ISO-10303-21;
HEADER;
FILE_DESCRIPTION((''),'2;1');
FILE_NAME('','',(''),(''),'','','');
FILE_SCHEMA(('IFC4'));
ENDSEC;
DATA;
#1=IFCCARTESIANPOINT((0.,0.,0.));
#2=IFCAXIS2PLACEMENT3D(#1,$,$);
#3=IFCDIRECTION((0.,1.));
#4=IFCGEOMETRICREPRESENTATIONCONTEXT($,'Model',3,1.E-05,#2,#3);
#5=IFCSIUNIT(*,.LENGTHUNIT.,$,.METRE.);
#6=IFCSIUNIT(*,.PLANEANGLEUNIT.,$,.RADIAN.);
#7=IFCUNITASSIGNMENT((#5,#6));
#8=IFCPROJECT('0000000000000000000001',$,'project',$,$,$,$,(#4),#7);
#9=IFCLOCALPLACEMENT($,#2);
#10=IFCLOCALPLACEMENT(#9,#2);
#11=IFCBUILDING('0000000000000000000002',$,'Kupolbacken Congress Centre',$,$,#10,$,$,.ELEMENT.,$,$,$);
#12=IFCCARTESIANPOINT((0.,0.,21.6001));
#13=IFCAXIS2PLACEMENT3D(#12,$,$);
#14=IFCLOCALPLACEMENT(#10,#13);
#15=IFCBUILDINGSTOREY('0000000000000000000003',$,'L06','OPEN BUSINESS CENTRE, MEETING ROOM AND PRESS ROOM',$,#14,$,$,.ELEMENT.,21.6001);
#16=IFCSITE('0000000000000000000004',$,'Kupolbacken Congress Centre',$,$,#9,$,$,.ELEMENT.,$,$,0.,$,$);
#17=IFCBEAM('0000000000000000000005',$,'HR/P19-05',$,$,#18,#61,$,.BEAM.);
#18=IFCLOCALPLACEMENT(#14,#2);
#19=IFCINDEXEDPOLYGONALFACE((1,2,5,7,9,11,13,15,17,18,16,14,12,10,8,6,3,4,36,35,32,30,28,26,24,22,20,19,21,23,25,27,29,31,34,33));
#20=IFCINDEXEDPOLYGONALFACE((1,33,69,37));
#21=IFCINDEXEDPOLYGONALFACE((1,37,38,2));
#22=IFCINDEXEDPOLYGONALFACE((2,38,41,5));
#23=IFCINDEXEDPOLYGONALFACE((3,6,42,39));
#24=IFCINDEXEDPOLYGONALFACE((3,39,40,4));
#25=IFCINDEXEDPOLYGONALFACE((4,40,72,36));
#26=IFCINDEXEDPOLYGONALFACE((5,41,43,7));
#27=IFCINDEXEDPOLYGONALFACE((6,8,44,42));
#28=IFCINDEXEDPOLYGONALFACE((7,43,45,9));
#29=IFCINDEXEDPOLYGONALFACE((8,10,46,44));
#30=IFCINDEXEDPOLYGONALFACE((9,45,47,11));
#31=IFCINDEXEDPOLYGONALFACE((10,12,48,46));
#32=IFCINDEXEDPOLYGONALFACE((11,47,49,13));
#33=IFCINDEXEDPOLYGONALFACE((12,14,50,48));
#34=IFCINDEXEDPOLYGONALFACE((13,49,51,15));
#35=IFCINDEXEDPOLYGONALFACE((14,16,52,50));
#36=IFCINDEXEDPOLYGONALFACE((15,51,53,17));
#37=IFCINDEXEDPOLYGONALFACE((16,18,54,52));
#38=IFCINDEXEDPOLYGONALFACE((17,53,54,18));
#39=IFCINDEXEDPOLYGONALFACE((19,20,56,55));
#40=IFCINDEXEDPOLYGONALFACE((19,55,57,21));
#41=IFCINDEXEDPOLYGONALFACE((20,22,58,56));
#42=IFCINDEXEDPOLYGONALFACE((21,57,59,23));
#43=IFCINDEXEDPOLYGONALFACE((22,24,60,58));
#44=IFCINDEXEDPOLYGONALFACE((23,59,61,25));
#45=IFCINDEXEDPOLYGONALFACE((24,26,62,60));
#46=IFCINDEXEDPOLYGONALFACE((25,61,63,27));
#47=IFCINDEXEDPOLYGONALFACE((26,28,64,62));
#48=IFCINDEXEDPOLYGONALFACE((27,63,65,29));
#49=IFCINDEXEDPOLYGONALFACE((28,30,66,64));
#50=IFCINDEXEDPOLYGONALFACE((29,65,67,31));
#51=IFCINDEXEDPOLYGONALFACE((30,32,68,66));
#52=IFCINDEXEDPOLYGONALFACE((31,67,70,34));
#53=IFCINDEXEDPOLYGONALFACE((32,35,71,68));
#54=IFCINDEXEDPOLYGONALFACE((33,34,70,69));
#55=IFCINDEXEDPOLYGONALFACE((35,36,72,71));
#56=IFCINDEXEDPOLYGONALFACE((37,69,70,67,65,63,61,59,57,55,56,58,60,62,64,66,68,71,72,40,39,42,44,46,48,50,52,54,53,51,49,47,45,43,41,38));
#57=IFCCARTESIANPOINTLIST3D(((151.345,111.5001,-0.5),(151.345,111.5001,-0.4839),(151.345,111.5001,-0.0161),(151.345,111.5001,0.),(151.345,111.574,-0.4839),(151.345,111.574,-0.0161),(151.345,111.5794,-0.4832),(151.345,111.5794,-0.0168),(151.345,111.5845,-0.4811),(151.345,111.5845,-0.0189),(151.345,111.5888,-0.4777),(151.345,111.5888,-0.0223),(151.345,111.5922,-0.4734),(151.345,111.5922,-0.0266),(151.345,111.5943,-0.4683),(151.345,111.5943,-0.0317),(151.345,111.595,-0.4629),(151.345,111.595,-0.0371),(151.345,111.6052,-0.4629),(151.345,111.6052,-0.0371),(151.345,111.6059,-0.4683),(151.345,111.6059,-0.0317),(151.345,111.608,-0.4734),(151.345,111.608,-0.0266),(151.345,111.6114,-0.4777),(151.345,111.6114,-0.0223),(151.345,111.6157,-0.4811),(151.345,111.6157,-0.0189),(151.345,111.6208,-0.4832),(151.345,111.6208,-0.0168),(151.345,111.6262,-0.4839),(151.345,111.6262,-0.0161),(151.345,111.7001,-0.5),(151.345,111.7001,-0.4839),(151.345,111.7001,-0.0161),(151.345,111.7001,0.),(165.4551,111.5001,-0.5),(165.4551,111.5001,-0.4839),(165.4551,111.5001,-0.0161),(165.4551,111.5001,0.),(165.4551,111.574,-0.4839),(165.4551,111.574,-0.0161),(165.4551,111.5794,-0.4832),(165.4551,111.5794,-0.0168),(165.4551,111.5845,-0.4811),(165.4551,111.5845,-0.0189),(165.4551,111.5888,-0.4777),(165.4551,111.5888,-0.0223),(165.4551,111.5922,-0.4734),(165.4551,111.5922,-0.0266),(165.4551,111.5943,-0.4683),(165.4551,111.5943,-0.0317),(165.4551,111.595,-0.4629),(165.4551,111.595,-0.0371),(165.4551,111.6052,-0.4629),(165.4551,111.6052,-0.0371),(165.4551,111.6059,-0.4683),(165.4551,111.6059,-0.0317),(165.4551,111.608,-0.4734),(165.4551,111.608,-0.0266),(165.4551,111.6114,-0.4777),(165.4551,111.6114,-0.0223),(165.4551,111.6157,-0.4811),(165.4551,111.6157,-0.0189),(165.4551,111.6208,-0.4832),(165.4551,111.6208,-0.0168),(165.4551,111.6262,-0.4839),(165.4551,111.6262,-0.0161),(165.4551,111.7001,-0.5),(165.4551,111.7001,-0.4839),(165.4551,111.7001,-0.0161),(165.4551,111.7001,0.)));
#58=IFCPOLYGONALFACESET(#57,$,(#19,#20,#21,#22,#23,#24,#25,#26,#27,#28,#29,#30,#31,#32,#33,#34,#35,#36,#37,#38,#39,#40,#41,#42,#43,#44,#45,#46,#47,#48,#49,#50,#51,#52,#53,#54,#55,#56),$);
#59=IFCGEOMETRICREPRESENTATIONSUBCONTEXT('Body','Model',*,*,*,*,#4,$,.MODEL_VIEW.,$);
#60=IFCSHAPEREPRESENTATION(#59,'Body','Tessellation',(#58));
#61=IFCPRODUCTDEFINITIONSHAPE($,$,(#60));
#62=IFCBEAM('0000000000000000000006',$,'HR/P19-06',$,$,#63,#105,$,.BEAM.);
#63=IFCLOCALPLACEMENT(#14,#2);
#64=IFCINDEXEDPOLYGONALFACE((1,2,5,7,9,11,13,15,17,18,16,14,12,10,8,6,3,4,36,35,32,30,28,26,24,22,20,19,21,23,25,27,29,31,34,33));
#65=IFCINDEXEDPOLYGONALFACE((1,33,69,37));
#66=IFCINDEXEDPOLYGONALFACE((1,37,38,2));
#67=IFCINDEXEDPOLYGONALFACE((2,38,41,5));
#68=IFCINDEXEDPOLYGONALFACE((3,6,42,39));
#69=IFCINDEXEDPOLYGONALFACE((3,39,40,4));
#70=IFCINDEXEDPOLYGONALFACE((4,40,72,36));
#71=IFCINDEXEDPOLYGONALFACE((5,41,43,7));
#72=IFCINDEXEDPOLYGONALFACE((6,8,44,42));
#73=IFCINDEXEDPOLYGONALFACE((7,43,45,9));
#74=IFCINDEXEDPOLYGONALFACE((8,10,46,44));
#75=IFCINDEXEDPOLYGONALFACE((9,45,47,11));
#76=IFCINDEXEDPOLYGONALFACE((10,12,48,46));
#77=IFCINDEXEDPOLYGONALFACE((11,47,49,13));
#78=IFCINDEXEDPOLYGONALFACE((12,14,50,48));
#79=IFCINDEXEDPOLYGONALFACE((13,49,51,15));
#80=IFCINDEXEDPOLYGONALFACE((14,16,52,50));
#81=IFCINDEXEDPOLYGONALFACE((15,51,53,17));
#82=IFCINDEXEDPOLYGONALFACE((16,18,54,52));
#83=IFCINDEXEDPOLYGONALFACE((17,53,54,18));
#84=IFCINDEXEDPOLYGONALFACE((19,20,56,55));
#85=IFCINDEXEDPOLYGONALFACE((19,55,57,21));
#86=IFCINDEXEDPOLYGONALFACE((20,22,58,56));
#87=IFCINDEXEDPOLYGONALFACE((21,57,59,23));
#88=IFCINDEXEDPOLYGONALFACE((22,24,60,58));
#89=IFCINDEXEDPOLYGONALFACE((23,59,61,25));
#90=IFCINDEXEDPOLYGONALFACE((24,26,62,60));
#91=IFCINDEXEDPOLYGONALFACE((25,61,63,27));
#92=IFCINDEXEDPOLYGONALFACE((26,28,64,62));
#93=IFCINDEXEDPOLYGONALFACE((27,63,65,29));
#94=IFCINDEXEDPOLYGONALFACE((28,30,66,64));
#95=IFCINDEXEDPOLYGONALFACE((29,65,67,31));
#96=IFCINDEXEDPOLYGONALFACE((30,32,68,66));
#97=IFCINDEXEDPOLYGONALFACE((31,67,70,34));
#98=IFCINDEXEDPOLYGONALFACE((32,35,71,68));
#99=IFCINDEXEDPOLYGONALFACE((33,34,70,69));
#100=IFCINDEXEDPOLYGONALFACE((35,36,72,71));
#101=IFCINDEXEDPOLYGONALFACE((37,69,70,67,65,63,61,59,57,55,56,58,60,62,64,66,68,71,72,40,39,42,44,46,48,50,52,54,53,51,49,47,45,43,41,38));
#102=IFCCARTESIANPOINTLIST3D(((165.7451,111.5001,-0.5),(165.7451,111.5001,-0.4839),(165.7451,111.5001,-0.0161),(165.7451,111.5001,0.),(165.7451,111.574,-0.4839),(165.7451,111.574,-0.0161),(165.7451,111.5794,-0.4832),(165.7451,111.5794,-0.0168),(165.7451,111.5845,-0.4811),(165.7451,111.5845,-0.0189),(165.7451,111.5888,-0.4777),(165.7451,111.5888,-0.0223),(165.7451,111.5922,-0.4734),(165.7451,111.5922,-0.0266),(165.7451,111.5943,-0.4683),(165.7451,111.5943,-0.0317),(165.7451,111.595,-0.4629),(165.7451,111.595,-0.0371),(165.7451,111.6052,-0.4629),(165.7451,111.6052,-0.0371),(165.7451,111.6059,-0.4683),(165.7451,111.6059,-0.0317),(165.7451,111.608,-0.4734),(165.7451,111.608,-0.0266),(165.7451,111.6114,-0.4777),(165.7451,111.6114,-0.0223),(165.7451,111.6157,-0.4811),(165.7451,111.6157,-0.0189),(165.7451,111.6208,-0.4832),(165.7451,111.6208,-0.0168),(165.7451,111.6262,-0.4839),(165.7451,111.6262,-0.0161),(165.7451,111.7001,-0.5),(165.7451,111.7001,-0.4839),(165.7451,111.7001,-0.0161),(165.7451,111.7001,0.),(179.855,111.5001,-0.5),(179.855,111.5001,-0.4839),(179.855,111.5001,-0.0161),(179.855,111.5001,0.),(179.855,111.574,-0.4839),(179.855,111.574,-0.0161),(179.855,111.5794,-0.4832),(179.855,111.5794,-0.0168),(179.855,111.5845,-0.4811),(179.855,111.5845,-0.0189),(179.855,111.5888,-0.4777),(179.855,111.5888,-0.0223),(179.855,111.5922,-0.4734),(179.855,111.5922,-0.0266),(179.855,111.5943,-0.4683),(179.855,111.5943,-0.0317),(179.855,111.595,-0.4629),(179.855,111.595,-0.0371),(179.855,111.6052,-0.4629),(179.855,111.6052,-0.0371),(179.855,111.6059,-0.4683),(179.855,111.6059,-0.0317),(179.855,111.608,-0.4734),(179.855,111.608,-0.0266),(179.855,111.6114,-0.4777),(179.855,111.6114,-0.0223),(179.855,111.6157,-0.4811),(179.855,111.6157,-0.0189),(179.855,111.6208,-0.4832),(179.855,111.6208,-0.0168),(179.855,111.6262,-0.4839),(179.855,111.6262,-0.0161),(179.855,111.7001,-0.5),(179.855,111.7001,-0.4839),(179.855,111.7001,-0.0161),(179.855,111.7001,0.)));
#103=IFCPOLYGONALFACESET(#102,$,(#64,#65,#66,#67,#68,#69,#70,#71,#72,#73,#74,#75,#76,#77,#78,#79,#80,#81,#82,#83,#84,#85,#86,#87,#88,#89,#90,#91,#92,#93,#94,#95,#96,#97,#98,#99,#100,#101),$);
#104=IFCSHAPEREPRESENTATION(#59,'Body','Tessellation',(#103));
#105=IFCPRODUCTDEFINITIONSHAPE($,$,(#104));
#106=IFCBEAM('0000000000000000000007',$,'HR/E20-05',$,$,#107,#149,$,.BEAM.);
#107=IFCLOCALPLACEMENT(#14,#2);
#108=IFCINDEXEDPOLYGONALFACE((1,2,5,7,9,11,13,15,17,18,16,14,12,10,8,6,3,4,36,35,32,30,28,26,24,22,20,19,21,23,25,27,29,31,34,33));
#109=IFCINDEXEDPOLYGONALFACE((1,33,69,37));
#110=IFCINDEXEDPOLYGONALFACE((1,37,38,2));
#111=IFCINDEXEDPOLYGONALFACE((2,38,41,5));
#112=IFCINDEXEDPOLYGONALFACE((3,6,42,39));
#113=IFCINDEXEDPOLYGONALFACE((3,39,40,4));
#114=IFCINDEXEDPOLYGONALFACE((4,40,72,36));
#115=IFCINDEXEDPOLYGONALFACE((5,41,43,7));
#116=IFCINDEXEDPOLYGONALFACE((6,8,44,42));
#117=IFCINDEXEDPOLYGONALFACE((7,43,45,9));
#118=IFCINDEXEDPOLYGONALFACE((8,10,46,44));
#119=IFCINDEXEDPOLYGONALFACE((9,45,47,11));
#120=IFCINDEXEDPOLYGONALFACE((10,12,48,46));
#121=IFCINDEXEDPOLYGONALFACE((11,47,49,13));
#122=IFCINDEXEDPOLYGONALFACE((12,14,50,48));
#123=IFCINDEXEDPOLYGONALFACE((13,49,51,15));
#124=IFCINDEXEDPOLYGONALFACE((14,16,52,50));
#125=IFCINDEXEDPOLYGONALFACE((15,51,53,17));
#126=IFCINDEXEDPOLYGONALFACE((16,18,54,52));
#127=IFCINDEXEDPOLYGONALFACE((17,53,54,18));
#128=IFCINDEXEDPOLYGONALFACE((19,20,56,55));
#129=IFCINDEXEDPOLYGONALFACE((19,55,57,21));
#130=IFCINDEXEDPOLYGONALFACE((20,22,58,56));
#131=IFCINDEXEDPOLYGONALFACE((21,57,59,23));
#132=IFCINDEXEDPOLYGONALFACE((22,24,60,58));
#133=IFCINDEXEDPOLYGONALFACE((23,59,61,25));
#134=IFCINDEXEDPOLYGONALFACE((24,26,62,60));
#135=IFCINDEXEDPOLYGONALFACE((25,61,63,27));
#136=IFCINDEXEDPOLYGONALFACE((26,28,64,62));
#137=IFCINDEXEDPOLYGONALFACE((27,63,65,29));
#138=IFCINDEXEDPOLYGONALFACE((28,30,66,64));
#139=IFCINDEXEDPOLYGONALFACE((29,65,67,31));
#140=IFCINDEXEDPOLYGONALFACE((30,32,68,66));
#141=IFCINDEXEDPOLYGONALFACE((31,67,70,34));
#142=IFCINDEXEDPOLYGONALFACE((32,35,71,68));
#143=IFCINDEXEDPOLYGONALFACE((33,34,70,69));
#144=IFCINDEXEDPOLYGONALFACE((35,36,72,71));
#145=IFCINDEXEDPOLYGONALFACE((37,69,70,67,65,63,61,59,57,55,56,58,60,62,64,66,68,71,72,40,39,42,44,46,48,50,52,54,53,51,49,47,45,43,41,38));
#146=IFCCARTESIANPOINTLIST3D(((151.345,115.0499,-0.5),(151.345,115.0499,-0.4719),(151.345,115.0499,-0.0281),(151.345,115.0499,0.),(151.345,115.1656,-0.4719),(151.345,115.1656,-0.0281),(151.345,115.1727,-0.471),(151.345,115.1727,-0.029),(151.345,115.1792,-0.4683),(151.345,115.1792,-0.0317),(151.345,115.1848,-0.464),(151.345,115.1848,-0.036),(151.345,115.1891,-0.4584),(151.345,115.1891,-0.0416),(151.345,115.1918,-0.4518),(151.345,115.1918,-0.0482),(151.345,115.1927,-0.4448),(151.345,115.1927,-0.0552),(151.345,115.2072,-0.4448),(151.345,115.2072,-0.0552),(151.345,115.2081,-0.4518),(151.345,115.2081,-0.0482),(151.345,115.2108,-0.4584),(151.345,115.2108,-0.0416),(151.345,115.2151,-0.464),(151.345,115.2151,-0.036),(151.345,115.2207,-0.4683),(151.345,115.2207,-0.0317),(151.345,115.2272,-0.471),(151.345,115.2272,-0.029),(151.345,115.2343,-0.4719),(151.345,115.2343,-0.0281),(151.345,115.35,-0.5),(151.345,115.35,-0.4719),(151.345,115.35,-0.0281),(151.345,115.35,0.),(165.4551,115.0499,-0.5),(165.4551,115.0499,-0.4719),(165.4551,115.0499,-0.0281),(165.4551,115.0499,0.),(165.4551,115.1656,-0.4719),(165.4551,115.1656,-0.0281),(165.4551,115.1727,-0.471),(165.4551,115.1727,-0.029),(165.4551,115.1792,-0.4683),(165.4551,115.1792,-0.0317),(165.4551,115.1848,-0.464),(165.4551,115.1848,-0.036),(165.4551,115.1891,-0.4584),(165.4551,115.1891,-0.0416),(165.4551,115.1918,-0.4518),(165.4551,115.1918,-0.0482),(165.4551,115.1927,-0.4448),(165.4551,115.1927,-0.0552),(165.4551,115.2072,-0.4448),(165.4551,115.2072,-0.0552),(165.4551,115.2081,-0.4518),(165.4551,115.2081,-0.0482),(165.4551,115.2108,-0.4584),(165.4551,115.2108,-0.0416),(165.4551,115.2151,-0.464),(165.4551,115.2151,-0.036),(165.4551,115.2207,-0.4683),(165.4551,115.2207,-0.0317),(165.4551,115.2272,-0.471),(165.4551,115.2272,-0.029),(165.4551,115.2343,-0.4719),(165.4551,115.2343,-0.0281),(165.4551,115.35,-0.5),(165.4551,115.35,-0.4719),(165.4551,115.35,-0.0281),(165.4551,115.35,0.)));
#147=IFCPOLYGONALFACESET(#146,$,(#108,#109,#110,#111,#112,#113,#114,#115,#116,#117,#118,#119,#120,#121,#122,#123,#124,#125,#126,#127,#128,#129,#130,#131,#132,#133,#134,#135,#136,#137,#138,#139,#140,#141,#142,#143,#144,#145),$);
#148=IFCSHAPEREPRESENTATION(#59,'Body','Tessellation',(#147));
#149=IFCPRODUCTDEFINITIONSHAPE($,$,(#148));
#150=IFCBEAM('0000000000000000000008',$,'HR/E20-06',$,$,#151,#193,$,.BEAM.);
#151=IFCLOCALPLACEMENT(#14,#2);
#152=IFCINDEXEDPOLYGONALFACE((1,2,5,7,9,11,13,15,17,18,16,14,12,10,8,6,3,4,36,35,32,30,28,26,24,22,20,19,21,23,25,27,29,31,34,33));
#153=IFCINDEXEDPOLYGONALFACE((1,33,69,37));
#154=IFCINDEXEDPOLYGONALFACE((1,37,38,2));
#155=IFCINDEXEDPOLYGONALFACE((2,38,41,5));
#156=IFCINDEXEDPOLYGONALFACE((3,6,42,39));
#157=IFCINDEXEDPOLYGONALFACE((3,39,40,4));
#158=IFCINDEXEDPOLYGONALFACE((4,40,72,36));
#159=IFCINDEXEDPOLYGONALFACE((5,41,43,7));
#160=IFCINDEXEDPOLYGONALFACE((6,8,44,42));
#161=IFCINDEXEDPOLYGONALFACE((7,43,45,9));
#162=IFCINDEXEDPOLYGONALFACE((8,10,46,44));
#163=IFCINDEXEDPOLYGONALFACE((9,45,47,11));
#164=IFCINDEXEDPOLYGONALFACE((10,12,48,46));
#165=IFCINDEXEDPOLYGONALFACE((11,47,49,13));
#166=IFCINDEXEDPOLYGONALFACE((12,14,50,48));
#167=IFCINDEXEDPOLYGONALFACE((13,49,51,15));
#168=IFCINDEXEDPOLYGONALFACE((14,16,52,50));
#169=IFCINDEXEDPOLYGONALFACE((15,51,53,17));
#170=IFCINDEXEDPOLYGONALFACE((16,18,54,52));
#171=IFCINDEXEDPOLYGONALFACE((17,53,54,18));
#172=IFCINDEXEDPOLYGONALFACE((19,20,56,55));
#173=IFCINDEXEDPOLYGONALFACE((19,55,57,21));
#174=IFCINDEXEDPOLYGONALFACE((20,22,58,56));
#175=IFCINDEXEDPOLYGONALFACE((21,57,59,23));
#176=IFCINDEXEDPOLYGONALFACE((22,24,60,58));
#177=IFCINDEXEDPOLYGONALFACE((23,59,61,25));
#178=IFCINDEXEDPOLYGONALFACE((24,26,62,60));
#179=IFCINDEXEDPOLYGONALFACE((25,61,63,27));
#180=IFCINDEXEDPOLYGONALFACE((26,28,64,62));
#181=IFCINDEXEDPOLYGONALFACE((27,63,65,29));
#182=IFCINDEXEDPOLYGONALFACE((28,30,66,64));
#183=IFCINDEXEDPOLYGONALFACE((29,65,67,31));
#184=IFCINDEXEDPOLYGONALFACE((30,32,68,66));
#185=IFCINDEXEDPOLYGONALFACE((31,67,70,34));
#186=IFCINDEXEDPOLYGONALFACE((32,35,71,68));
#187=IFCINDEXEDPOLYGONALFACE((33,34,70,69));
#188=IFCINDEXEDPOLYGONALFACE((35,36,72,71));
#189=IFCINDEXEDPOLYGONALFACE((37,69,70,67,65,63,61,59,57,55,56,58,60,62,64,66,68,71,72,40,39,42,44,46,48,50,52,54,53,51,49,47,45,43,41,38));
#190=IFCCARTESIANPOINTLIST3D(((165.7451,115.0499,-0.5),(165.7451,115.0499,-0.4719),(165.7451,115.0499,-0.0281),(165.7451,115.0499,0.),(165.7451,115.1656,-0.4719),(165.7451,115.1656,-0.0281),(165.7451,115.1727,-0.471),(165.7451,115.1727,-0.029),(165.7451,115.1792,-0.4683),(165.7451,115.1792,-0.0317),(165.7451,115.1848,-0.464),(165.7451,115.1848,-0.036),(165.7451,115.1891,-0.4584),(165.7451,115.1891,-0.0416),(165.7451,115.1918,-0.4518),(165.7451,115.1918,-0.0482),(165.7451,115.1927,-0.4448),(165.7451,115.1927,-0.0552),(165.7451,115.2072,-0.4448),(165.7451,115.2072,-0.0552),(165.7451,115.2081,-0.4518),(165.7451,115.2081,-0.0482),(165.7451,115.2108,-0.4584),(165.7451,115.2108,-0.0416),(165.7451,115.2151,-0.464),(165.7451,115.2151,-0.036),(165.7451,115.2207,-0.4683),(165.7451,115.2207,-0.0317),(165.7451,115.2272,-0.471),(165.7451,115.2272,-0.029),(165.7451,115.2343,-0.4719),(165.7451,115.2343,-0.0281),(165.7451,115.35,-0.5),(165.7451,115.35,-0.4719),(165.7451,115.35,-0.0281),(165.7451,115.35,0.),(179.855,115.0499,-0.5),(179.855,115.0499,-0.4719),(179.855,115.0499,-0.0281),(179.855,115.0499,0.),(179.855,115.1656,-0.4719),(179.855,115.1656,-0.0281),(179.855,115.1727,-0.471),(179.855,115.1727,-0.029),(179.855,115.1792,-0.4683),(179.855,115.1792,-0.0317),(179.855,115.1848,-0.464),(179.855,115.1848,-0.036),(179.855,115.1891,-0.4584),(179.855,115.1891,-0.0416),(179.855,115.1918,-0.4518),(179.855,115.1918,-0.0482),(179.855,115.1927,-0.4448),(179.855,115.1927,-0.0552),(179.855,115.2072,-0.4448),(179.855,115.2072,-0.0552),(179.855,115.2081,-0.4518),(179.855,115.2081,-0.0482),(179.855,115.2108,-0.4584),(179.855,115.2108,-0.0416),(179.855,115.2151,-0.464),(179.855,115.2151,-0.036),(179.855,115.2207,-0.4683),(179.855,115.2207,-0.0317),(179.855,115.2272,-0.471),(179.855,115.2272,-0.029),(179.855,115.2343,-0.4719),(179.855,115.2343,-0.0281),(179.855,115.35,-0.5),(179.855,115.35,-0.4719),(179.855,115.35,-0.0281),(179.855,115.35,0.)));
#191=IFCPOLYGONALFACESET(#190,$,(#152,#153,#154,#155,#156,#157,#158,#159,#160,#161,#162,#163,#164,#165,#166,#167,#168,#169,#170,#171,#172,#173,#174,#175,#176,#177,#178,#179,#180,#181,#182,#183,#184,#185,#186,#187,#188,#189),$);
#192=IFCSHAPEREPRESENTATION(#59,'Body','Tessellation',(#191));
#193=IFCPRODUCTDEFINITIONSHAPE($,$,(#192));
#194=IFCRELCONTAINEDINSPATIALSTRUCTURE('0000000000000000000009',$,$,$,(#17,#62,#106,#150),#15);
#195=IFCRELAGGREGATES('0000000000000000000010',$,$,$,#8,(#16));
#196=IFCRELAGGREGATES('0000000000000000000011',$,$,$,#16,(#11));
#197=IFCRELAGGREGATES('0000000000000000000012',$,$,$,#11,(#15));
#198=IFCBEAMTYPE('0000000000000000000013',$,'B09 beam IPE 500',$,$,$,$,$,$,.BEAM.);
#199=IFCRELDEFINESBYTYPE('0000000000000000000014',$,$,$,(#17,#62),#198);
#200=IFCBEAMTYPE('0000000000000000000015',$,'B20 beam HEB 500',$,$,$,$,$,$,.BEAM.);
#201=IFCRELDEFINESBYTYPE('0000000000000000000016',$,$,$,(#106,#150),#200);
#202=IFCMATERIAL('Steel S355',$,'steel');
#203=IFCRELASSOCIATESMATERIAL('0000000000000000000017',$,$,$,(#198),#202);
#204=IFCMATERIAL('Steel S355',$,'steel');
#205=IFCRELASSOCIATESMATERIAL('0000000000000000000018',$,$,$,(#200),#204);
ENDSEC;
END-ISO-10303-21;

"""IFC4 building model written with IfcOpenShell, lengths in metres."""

from ifc_helpers import new_model, si_unit, direction, frame, origin, origin_2d, place, context, subcontext, project, spatial, i_section, extrude, material, material_profile, profile_set, type_object, element, save


model = new_model("IFC4")

# Units and contexts
model_context = context("Model", 3, precision=1e-05, world=origin(), true_north=direction((0.0, 1.0)))
body_context = subcontext(model_context, "Body", "Model", "MODEL_VIEW")
ifc_project = project(units=[si_unit("LENGTHUNIT", "METRE"), si_unit("PLANEANGLEUNIT", "RADIAN")], contexts=[model_context])

# Site, building, storey
site_placement = place(None, origin())
site = spatial("IfcSite", under=ifc_project, at=site_placement, Name="Kupolbacken Congress Centre", CompositionType="ELEMENT", RefElevation=0.0)
building_placement = place(site_placement, origin())
building = spatial("IfcBuilding", under=site, at=building_placement, Name="Kupolbacken Congress Centre", CompositionType="ELEMENT")
storey_placement = place(building_placement, frame((0.0, 0.0, 21.6001)))
storey = spatial("IfcBuildingStorey", under=building, at=storey_placement, Name="L06", Description="OPEN BUSINESS CENTRE, MEETING ROOM AND PRESS ROOM", CompositionType="ELEMENT", Elevation=21.6001)

# Beams
ifc_material_1 = material(Name="Steel S355", Category="steel")
ifc_material_profile_1 = material_profile(ifc_material_1, i_section(OverallWidth=0.2, OverallDepth=0.5, WebThickness=0.0103, FlangeThickness=0.0161, FilletRadius=0.021, at=origin_2d()), Name="IPE 500")
ifc_profile_set_1 = profile_set([ifc_material_profile_1], Name="Steel S355")
beam_type_1 = type_object("IfcBeamType", Name="B09 beam IPE 500", PredefinedType="BEAM", material=ifc_profile_set_1)
beam_1_placement = place(storey_placement, frame((151.345, 111.6001, -0.25), z_axis=(1.0, 0.0, 0.0), x_axis=(0.0, 1.0, 0.0)))
element("IfcBeam", 1, at=beam_1_placement, inside=storey, type_object=beam_type_1, Name="HR/P19-05", PredefinedType="BEAM", context=body_context, shape_type="SweptSolid", body=[
    extrude(i_section(OverallWidth=0.2, OverallDepth=0.5, WebThickness=0.0103, FlangeThickness=0.0161, FilletRadius=0.021, at=origin_2d()), origin(), (0.0, 0.0, 1.0), 14.1101),
])
beam_2_placement = place(storey_placement, frame((165.7451, 111.6001, -0.25), z_axis=(1.0, 0.0, 0.0), x_axis=(0.0, 1.0, 0.0)))
element("IfcBeam", 2, at=beam_2_placement, inside=storey, type_object=beam_type_1, Name="HR/P19-06", PredefinedType="BEAM", context=body_context, shape_type="SweptSolid", body=[
    extrude(i_section(OverallWidth=0.2, OverallDepth=0.5, WebThickness=0.0103, FlangeThickness=0.0161, FilletRadius=0.021, at=origin_2d()), origin(), (0.0, 0.0, 1.0), 14.1099),
])
ifc_material_2 = material(Name="Steel S355", Category="steel")
ifc_material_profile_2 = material_profile(ifc_material_2, i_section(OverallWidth=0.3, OverallDepth=0.5, WebThickness=0.0144, FlangeThickness=0.0281, FilletRadius=0.0271, at=origin_2d()), Name="HEB 500")
ifc_profile_set_2 = profile_set([ifc_material_profile_2], Name="Steel S355")
beam_type_2 = type_object("IfcBeamType", Name="B20 beam HEB 500", PredefinedType="BEAM", material=ifc_profile_set_2)
beam_3_placement = place(storey_placement, frame((151.345, 115.2, -0.25), z_axis=(1.0, 0.0, 0.0), x_axis=(0.0, 1.0, 0.0)))
element("IfcBeam", 3, at=beam_3_placement, inside=storey, type_object=beam_type_2, Name="HR/E20-05", PredefinedType="BEAM", context=body_context, shape_type="SweptSolid", body=[
    extrude(i_section(OverallWidth=0.3, OverallDepth=0.5, WebThickness=0.0144, FlangeThickness=0.0281, FilletRadius=0.0271, at=origin_2d()), origin(), (0.0, 0.0, 1.0), 14.1101),
])
beam_4_placement = place(storey_placement, frame((165.7451, 115.2, -0.25), z_axis=(1.0, 0.0, 0.0), x_axis=(0.0, 1.0, 0.0)))
element("IfcBeam", 4, at=beam_4_placement, inside=storey, type_object=beam_type_2, Name="HR/E20-06", PredefinedType="BEAM", context=body_context, shape_type="SweptSolid", body=[
    extrude(i_section(OverallWidth=0.3, OverallDepth=0.5, WebThickness=0.0144, FlangeThickness=0.0281, FilletRadius=0.0271, at=origin_2d()), origin(), (0.0, 0.0, 1.0), 14.1099),
])

save(model, "model.ifc")
